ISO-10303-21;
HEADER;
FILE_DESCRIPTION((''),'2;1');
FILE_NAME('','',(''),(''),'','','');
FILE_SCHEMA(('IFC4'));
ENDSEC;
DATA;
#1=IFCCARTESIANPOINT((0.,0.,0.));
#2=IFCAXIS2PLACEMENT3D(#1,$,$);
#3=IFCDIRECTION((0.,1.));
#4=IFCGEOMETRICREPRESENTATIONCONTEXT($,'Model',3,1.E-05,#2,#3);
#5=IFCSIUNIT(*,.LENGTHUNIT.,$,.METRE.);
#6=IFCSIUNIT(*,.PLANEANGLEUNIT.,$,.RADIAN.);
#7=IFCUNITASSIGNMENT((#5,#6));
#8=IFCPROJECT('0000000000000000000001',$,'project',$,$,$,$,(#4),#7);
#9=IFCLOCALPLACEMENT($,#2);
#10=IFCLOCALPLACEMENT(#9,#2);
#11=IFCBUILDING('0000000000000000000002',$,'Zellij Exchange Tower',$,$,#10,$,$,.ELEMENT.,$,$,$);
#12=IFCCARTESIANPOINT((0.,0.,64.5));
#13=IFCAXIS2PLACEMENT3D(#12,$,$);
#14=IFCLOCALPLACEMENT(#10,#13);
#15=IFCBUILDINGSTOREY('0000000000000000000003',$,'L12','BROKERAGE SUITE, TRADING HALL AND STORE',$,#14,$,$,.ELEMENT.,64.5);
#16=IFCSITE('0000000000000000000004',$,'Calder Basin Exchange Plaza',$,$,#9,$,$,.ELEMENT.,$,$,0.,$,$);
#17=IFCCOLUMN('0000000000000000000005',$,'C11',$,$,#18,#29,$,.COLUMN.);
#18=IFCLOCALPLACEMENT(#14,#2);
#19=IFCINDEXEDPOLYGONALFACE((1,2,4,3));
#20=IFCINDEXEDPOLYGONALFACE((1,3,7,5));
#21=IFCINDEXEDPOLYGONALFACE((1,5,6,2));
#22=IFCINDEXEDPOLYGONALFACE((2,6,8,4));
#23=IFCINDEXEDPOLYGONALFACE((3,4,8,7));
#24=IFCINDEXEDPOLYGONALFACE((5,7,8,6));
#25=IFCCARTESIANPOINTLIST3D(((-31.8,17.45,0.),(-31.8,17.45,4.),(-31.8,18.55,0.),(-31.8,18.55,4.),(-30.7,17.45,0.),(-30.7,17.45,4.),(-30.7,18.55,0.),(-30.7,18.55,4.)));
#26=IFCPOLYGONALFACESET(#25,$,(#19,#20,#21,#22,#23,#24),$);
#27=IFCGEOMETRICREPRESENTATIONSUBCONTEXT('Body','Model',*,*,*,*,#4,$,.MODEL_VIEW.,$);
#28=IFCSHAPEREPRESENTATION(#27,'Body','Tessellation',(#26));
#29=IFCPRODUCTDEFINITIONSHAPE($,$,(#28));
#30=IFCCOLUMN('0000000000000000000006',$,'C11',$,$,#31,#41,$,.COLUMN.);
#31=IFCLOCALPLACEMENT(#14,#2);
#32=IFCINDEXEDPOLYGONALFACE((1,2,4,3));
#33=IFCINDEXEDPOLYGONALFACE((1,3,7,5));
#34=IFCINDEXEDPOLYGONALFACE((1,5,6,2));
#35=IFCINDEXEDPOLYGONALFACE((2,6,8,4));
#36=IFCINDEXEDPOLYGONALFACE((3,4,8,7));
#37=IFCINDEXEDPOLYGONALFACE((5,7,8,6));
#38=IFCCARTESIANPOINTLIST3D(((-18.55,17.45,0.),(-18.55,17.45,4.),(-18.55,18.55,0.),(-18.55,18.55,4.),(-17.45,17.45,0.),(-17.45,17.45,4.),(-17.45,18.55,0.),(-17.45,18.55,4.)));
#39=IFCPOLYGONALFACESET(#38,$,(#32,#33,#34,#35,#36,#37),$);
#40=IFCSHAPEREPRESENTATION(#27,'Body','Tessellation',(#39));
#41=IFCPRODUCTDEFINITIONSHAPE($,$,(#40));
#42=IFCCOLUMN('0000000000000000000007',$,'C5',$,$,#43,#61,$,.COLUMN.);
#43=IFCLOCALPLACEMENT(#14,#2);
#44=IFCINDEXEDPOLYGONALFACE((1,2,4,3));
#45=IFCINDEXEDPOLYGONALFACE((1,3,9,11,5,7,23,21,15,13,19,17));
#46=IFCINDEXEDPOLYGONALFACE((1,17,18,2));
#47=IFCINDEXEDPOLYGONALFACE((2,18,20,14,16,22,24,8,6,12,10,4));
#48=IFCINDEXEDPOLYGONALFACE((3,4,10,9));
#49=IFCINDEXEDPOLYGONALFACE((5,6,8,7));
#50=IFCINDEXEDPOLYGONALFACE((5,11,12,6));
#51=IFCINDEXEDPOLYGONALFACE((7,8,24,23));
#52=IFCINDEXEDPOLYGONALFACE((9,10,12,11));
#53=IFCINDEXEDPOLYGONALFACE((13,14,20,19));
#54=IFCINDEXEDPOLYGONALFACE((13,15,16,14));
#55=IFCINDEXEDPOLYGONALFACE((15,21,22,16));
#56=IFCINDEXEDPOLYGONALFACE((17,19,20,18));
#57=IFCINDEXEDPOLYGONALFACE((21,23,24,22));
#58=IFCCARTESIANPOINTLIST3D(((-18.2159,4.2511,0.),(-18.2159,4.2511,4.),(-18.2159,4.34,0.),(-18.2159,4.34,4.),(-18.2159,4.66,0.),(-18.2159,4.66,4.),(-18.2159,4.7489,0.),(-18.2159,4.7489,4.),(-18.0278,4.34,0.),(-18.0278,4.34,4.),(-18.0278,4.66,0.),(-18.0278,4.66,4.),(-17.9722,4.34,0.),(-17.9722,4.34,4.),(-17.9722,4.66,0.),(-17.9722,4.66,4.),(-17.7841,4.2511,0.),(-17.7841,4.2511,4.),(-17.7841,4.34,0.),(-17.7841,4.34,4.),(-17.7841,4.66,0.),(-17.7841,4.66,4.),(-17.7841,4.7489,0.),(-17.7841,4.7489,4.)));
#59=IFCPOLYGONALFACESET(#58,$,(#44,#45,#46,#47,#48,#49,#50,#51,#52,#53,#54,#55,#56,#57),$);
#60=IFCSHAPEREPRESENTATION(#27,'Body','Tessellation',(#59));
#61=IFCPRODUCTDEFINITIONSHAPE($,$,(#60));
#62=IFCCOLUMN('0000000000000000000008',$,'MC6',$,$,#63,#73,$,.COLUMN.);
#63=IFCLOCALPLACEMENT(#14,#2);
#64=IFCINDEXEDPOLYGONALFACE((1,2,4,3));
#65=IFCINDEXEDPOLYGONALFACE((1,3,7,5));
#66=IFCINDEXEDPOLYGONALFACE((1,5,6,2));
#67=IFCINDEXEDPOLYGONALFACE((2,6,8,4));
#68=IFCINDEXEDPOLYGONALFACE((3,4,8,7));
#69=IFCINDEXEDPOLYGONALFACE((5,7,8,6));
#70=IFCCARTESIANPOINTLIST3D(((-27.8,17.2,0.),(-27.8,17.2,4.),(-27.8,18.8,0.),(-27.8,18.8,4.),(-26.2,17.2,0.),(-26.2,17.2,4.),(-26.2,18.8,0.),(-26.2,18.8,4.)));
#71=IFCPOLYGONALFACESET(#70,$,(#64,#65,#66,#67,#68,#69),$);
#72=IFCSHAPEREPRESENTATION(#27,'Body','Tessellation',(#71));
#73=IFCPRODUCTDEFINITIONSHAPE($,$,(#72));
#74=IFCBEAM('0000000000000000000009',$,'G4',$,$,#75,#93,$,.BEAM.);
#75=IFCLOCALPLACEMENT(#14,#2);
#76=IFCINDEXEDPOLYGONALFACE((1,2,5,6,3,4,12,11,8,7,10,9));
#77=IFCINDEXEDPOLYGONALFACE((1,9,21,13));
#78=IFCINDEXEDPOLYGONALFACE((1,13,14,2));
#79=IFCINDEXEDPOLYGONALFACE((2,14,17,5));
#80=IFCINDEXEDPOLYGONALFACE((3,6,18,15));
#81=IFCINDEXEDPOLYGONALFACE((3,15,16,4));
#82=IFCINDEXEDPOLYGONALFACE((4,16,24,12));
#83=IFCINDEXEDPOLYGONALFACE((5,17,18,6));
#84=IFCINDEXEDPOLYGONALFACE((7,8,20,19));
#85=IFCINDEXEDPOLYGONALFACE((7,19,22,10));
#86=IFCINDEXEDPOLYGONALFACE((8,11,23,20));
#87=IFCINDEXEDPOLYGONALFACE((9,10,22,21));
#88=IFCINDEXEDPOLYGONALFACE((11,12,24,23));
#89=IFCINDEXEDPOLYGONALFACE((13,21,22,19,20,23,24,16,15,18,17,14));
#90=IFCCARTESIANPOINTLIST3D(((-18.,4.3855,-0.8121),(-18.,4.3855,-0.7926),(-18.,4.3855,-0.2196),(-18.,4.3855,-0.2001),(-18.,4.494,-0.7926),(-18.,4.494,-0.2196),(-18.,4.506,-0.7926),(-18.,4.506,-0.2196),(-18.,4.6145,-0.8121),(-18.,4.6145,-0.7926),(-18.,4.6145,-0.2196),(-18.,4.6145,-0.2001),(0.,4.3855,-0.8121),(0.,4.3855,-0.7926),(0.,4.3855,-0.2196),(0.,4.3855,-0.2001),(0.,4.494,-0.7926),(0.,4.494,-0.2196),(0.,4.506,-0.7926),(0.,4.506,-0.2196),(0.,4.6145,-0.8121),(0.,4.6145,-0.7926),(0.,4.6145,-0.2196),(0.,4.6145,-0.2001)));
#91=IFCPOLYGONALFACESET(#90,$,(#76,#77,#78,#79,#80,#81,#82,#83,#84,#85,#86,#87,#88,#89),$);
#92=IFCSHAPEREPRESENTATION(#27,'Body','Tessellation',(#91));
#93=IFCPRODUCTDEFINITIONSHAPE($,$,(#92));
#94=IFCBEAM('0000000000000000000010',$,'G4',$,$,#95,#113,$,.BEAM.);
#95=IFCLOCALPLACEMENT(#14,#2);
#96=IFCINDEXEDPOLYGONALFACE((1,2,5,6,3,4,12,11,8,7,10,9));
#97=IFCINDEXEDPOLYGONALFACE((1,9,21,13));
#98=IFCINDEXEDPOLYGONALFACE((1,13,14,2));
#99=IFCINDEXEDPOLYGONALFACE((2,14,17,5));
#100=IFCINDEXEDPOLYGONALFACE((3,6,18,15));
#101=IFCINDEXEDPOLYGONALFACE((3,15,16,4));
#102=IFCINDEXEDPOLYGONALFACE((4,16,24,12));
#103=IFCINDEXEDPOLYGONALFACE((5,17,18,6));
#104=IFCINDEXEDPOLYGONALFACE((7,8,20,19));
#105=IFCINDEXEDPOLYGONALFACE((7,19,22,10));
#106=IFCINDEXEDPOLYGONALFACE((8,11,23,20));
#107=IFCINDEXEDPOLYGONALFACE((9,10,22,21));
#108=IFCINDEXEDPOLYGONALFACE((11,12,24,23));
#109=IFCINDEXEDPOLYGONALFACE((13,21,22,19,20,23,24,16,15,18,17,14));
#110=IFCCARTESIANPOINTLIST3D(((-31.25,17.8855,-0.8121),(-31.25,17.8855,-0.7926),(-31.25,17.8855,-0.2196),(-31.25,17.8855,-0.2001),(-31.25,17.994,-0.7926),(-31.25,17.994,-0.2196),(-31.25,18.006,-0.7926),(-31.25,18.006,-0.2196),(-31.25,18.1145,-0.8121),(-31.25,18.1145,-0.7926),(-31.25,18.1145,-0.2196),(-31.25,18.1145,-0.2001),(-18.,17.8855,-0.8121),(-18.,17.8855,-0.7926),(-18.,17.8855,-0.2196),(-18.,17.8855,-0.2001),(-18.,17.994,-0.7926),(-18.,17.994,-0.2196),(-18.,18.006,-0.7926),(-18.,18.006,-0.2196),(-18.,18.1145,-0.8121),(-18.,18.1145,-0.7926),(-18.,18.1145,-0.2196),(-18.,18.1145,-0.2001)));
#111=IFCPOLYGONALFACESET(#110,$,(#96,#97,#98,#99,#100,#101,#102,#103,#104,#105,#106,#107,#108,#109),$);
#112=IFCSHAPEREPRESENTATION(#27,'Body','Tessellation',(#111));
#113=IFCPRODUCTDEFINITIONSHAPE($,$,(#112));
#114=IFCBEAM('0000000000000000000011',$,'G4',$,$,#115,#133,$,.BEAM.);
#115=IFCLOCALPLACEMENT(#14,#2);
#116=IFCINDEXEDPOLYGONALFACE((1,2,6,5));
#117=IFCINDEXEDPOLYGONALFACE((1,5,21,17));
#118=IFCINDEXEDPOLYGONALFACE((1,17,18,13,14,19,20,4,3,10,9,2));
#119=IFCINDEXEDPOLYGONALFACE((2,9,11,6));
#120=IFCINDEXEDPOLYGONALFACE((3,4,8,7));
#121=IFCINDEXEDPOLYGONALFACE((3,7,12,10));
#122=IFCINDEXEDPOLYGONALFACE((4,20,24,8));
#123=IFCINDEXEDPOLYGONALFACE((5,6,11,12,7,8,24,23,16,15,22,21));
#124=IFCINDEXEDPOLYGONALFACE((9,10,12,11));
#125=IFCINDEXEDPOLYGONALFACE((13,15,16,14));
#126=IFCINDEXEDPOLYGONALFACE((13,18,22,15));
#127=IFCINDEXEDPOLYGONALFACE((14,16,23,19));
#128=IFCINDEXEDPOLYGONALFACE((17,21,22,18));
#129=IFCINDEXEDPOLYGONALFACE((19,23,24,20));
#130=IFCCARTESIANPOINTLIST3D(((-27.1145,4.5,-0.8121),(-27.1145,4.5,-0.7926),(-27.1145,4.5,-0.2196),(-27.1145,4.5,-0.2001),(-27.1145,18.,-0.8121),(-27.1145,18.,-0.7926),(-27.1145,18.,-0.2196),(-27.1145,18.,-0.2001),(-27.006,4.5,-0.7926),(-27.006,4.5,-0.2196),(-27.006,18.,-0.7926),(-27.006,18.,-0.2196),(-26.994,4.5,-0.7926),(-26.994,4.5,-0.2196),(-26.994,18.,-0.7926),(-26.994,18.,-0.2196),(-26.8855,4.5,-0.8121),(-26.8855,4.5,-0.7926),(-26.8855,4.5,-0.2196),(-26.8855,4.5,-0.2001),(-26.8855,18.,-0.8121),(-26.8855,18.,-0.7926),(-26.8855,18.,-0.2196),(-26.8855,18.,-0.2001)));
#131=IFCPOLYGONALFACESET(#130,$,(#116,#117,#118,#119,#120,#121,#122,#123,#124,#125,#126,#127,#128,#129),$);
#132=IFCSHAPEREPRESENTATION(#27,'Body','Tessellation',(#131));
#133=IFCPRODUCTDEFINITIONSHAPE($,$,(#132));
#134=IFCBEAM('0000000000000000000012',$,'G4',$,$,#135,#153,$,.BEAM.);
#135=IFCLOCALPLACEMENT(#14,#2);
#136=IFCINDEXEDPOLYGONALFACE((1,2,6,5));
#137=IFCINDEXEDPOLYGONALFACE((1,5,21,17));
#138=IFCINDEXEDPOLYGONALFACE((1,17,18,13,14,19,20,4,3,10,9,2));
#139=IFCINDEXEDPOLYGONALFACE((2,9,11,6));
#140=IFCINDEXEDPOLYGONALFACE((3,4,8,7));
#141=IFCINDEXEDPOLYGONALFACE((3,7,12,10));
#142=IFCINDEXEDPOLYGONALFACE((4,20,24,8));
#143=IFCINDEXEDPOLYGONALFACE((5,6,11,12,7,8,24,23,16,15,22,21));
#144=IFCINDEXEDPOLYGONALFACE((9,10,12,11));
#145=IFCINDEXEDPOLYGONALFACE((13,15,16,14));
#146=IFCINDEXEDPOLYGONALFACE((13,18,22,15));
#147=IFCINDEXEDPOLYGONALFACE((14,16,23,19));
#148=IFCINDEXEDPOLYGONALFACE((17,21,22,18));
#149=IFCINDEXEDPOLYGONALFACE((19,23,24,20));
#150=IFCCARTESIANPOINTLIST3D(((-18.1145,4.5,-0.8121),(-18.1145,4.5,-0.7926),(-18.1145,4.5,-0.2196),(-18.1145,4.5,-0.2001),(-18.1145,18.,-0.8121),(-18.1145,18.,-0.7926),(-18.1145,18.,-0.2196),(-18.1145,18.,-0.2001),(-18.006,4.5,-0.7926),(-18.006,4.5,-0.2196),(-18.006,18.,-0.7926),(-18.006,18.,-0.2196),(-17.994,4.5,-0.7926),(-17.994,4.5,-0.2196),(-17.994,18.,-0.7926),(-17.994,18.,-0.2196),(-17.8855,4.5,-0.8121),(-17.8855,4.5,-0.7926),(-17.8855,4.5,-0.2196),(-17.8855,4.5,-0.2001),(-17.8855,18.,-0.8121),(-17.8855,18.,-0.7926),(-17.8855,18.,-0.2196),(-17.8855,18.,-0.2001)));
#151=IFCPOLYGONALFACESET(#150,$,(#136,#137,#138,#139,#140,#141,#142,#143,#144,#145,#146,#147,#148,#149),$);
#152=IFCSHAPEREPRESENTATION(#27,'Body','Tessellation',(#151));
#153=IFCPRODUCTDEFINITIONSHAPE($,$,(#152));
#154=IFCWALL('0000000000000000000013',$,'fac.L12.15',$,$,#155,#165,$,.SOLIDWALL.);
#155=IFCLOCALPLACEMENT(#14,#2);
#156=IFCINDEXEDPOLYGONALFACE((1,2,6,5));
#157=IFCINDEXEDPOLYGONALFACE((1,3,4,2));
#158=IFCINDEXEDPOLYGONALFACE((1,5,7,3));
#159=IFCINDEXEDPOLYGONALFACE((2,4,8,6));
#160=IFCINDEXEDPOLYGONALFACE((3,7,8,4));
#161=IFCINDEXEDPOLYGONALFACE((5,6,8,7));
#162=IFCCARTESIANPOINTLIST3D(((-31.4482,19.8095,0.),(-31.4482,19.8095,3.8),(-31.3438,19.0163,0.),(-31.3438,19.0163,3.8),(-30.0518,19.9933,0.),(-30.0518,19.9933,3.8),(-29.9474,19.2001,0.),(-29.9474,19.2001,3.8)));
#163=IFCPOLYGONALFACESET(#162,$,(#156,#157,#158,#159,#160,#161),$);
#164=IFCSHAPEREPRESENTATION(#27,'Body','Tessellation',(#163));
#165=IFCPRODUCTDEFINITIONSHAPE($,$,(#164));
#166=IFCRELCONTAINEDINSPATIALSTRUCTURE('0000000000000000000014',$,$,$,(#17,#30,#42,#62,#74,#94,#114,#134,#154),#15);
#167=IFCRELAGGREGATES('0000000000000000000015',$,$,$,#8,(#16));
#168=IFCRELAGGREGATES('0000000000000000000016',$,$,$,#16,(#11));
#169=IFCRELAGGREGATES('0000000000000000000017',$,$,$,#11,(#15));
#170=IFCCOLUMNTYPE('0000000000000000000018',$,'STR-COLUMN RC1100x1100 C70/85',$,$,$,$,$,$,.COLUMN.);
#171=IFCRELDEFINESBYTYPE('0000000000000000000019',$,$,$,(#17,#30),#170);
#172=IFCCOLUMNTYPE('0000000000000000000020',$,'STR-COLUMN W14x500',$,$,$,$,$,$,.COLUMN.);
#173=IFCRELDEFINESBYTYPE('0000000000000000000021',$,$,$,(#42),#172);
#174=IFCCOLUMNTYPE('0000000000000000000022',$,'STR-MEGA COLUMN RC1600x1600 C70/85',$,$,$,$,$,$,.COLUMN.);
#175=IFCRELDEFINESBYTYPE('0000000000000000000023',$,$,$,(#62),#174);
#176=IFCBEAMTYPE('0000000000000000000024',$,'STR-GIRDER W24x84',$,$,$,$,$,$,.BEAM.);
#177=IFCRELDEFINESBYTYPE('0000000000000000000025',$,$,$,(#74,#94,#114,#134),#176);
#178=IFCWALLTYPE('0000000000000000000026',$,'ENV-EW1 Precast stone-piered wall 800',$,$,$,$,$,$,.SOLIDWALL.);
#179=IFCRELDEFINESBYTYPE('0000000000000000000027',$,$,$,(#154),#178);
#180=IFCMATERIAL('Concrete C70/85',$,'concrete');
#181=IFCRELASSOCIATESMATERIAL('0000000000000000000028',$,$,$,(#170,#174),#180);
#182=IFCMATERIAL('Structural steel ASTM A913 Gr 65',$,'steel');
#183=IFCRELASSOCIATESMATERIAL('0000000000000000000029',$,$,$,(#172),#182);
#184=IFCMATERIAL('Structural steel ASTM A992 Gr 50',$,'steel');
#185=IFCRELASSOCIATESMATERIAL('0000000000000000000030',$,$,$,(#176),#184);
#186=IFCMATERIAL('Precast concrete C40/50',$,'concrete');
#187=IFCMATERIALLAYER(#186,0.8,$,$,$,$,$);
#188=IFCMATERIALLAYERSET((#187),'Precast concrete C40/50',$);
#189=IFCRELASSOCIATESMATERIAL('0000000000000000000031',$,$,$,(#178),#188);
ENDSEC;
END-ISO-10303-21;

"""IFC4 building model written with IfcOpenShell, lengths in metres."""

from ifc_helpers import new_model, si_unit, direction, frame, frame_2d, origin, origin_2d, place, context, subcontext, project, spatial, rectangle, i_section, extrude, material, layer, layer_set, material_profile, profile_set, type_object, element, save


model = new_model("IFC4")

# Units and contexts
model_context = context("Model", 3, precision=1e-05, world=origin(), true_north=direction((0.0, 1.0)))
body_context = subcontext(model_context, "Body", "Model", "MODEL_VIEW")
ifc_project = project(units=[si_unit("LENGTHUNIT", "METRE"), si_unit("PLANEANGLEUNIT", "RADIAN")], contexts=[model_context])

# Site, building, storey
site_placement = place(None, origin())
site = spatial("IfcSite", under=ifc_project, at=site_placement, Name="Calder Basin Exchange Plaza", CompositionType="ELEMENT", RefElevation=0.0)
building_placement = place(site_placement, origin())
building = spatial("IfcBuilding", under=site, at=building_placement, Name="Zellij Exchange Tower", CompositionType="ELEMENT")
storey_placement = place(building_placement, frame((0.0, 0.0, 64.5)))
storey = spatial("IfcBuildingStorey", under=building, at=storey_placement, Name="L12", Description="BROKERAGE SUITE, TRADING HALL AND STORE", CompositionType="ELEMENT", Elevation=64.5)

# Columns
ifc_material_1 = material(Name="Concrete C70/85", Category="concrete")
ifc_material_profile_1 = material_profile(ifc_material_1, rectangle(XDim=1.1001, YDim=1.1001, at=origin_2d()), Name="STR-COLUMN RC1100x1100 C70/85")
ifc_profile_set_1 = profile_set([ifc_material_profile_1], Name="Concrete C70/85")
column_type_1 = type_object("IfcColumnType", Name="STR-COLUMN RC1100x1100 C70/85", PredefinedType="COLUMN", material=ifc_profile_set_1)
for number, where, z_axis, x_axis, name in (
    (1, (-31.25, 18.0, 0.0), (0.0, 0.0, 1.0), (1.0, 0.0, 0.0), "C11"),
    (2, (-18.0, 18.0, 0.0), (0.0, 0.0, 1.0), (1.0, 0.0, 0.0), "C11"),
):
    element("IfcColumn", number, at=place(storey_placement, frame(where, z_axis=z_axis, x_axis=x_axis)), inside=storey, type_object=column_type_1, Name=name, PredefinedType="COLUMN", context=body_context, shape_type="SweptSolid", body=[
        extrude(rectangle(XDim=1.1001, YDim=1.1001, at=origin_2d()), origin(), (0.0, 0.0, 1.0), 4.0),
    ])
ifc_material_2 = material(Name="Structural steel ASTM A913 Gr 65", Category="steel")
ifc_material_profile_2 = material_profile(ifc_material_2, i_section(OverallWidth=0.4319, OverallDepth=0.4978, WebThickness=0.0557, FlangeThickness=0.0889, at=origin_2d()), Name="W14x500")
ifc_profile_set_2 = profile_set([ifc_material_profile_2], Name="Structural steel ASTM A913 Gr 65")
column_type_2 = type_object("IfcColumnType", Name="STR-COLUMN W14x500", PredefinedType="COLUMN", material=ifc_profile_set_2)
column_1_placement = place(storey_placement, frame((-18.0, 4.5, 0.0), z_axis=(0.0, 0.0, 1.0), x_axis=(1.0, 0.0, 0.0)))
element("IfcColumn", 3, at=column_1_placement, inside=storey, type_object=column_type_2, Name="C5", PredefinedType="COLUMN", context=body_context, shape_type="SweptSolid", body=[
    extrude(i_section(OverallWidth=0.4319, OverallDepth=0.4978, WebThickness=0.0557, FlangeThickness=0.0889, at=origin_2d()), origin(), (0.0, 0.0, 1.0), 4.0),
])
ifc_material_profile_3 = material_profile(ifc_material_1, rectangle(XDim=1.6001, YDim=1.6001, at=origin_2d()), Name="STR-MEGA COLUMN RC1600x1600 C70/85")
ifc_profile_set_3 = profile_set([ifc_material_profile_3], Name="Concrete C70/85")
column_type_3 = type_object("IfcColumnType", Name="STR-MEGA COLUMN RC1600x1600 C70/85", PredefinedType="COLUMN", material=ifc_profile_set_3)
column_2_placement = place(storey_placement, frame((-27.0, 18.0, 0.0), z_axis=(0.0, 0.0, 1.0), x_axis=(1.0, 0.0, 0.0)))
element("IfcColumn", 4, at=column_2_placement, inside=storey, type_object=column_type_3, Name="MC6", PredefinedType="COLUMN", context=body_context, shape_type="SweptSolid", body=[
    extrude(rectangle(XDim=1.6001, YDim=1.6001, at=origin_2d()), origin(), (0.0, 0.0, 1.0), 4.0),
])

# Beams
ifc_material_3 = material(Name="Structural steel ASTM A992 Gr 50", Category="steel")
ifc_material_profile_4 = material_profile(ifc_material_3, i_section(OverallWidth=0.229, OverallDepth=0.6121, WebThickness=0.012, FlangeThickness=0.0195, at=origin_2d()), Name="W24x84")
ifc_profile_set_4 = profile_set([ifc_material_profile_4], Name="Structural steel ASTM A992 Gr 50")
beam_type = type_object("IfcBeamType", Name="STR-GIRDER W24x84", PredefinedType="BEAM", material=ifc_profile_set_4)
beam_1_placement = place(storey_placement, frame((-18.0, 4.5, -0.5061), z_axis=(1.0, 0.0, 0.0), x_axis=(0.0, 1.0, 0.0)))
element("IfcBeam", 5, at=beam_1_placement, inside=storey, type_object=beam_type, Name="G4", PredefinedType="BEAM", context=body_context, shape_type="SweptSolid", body=[
    extrude(i_section(OverallWidth=0.229, OverallDepth=0.6121, WebThickness=0.012, FlangeThickness=0.0195, at=origin_2d()), origin(), (0.0, 0.0, 1.0), 18.0),
])
beam_2_placement = place(storey_placement, frame((-31.25, 18.0, -0.5061), z_axis=(1.0, 0.0, 0.0), x_axis=(0.0, 1.0, 0.0)))
element("IfcBeam", 6, at=beam_2_placement, inside=storey, type_object=beam_type, Name="G4", PredefinedType="BEAM", context=body_context, shape_type="SweptSolid", body=[
    extrude(i_section(OverallWidth=0.229, OverallDepth=0.6121, WebThickness=0.012, FlangeThickness=0.0195, at=origin_2d()), origin(), (0.0, 0.0, 1.0), 13.25),
])
for number, where, z_axis, x_axis, name in (
    (7, (-27.0, 4.5, -0.5061), (0.0, 1.0, 0.0), (-1.0, 0.0, 0.0), "G4"),
    (8, (-18.0, 4.5, -0.5061), (0.0, 1.0, 0.0), (-1.0, 0.0, 0.0), "G4"),
):
    element("IfcBeam", number, at=place(storey_placement, frame(where, z_axis=z_axis, x_axis=x_axis)), inside=storey, type_object=beam_type, Name=name, PredefinedType="BEAM", context=body_context, shape_type="SweptSolid", body=[
        extrude(i_section(OverallWidth=0.229, OverallDepth=0.6121, WebThickness=0.012, FlangeThickness=0.0195, at=origin_2d()), origin(), (0.0, 0.0, 1.0), 13.5),
    ])

# Wall
ifc_material_4 = material(Name="Precast concrete C40/50", Category="concrete")
ifc_layer = layer(ifc_material_4, 0.8)
ifc_layer_set = layer_set([ifc_layer], Name="Precast concrete C40/50")
wall_type = type_object("IfcWallType", Name="ENV-EW1 Precast stone-piered wall 800", PredefinedType="SOLIDWALL", material=ifc_layer_set)
wall_placement = place(storey_placement, frame((-29.9998, 19.5967, 0.0), z_axis=(0.0, 0.0, 1.0), x_axis=(-0.991446, -0.130517, 0.0)))
element("IfcWall", 9, at=wall_placement, inside=storey, type_object=wall_type, Name="fac.L12.15", PredefinedType="SOLIDWALL", context=body_context, shape_type="SweptSolid", body=[
    extrude(rectangle(XDim=1.4084, YDim=0.8, at=frame_2d((0.7041, 0.0))), origin(), (0.0, 0.0, 1.0), 3.8),
])

save(model, "model.ifc")
